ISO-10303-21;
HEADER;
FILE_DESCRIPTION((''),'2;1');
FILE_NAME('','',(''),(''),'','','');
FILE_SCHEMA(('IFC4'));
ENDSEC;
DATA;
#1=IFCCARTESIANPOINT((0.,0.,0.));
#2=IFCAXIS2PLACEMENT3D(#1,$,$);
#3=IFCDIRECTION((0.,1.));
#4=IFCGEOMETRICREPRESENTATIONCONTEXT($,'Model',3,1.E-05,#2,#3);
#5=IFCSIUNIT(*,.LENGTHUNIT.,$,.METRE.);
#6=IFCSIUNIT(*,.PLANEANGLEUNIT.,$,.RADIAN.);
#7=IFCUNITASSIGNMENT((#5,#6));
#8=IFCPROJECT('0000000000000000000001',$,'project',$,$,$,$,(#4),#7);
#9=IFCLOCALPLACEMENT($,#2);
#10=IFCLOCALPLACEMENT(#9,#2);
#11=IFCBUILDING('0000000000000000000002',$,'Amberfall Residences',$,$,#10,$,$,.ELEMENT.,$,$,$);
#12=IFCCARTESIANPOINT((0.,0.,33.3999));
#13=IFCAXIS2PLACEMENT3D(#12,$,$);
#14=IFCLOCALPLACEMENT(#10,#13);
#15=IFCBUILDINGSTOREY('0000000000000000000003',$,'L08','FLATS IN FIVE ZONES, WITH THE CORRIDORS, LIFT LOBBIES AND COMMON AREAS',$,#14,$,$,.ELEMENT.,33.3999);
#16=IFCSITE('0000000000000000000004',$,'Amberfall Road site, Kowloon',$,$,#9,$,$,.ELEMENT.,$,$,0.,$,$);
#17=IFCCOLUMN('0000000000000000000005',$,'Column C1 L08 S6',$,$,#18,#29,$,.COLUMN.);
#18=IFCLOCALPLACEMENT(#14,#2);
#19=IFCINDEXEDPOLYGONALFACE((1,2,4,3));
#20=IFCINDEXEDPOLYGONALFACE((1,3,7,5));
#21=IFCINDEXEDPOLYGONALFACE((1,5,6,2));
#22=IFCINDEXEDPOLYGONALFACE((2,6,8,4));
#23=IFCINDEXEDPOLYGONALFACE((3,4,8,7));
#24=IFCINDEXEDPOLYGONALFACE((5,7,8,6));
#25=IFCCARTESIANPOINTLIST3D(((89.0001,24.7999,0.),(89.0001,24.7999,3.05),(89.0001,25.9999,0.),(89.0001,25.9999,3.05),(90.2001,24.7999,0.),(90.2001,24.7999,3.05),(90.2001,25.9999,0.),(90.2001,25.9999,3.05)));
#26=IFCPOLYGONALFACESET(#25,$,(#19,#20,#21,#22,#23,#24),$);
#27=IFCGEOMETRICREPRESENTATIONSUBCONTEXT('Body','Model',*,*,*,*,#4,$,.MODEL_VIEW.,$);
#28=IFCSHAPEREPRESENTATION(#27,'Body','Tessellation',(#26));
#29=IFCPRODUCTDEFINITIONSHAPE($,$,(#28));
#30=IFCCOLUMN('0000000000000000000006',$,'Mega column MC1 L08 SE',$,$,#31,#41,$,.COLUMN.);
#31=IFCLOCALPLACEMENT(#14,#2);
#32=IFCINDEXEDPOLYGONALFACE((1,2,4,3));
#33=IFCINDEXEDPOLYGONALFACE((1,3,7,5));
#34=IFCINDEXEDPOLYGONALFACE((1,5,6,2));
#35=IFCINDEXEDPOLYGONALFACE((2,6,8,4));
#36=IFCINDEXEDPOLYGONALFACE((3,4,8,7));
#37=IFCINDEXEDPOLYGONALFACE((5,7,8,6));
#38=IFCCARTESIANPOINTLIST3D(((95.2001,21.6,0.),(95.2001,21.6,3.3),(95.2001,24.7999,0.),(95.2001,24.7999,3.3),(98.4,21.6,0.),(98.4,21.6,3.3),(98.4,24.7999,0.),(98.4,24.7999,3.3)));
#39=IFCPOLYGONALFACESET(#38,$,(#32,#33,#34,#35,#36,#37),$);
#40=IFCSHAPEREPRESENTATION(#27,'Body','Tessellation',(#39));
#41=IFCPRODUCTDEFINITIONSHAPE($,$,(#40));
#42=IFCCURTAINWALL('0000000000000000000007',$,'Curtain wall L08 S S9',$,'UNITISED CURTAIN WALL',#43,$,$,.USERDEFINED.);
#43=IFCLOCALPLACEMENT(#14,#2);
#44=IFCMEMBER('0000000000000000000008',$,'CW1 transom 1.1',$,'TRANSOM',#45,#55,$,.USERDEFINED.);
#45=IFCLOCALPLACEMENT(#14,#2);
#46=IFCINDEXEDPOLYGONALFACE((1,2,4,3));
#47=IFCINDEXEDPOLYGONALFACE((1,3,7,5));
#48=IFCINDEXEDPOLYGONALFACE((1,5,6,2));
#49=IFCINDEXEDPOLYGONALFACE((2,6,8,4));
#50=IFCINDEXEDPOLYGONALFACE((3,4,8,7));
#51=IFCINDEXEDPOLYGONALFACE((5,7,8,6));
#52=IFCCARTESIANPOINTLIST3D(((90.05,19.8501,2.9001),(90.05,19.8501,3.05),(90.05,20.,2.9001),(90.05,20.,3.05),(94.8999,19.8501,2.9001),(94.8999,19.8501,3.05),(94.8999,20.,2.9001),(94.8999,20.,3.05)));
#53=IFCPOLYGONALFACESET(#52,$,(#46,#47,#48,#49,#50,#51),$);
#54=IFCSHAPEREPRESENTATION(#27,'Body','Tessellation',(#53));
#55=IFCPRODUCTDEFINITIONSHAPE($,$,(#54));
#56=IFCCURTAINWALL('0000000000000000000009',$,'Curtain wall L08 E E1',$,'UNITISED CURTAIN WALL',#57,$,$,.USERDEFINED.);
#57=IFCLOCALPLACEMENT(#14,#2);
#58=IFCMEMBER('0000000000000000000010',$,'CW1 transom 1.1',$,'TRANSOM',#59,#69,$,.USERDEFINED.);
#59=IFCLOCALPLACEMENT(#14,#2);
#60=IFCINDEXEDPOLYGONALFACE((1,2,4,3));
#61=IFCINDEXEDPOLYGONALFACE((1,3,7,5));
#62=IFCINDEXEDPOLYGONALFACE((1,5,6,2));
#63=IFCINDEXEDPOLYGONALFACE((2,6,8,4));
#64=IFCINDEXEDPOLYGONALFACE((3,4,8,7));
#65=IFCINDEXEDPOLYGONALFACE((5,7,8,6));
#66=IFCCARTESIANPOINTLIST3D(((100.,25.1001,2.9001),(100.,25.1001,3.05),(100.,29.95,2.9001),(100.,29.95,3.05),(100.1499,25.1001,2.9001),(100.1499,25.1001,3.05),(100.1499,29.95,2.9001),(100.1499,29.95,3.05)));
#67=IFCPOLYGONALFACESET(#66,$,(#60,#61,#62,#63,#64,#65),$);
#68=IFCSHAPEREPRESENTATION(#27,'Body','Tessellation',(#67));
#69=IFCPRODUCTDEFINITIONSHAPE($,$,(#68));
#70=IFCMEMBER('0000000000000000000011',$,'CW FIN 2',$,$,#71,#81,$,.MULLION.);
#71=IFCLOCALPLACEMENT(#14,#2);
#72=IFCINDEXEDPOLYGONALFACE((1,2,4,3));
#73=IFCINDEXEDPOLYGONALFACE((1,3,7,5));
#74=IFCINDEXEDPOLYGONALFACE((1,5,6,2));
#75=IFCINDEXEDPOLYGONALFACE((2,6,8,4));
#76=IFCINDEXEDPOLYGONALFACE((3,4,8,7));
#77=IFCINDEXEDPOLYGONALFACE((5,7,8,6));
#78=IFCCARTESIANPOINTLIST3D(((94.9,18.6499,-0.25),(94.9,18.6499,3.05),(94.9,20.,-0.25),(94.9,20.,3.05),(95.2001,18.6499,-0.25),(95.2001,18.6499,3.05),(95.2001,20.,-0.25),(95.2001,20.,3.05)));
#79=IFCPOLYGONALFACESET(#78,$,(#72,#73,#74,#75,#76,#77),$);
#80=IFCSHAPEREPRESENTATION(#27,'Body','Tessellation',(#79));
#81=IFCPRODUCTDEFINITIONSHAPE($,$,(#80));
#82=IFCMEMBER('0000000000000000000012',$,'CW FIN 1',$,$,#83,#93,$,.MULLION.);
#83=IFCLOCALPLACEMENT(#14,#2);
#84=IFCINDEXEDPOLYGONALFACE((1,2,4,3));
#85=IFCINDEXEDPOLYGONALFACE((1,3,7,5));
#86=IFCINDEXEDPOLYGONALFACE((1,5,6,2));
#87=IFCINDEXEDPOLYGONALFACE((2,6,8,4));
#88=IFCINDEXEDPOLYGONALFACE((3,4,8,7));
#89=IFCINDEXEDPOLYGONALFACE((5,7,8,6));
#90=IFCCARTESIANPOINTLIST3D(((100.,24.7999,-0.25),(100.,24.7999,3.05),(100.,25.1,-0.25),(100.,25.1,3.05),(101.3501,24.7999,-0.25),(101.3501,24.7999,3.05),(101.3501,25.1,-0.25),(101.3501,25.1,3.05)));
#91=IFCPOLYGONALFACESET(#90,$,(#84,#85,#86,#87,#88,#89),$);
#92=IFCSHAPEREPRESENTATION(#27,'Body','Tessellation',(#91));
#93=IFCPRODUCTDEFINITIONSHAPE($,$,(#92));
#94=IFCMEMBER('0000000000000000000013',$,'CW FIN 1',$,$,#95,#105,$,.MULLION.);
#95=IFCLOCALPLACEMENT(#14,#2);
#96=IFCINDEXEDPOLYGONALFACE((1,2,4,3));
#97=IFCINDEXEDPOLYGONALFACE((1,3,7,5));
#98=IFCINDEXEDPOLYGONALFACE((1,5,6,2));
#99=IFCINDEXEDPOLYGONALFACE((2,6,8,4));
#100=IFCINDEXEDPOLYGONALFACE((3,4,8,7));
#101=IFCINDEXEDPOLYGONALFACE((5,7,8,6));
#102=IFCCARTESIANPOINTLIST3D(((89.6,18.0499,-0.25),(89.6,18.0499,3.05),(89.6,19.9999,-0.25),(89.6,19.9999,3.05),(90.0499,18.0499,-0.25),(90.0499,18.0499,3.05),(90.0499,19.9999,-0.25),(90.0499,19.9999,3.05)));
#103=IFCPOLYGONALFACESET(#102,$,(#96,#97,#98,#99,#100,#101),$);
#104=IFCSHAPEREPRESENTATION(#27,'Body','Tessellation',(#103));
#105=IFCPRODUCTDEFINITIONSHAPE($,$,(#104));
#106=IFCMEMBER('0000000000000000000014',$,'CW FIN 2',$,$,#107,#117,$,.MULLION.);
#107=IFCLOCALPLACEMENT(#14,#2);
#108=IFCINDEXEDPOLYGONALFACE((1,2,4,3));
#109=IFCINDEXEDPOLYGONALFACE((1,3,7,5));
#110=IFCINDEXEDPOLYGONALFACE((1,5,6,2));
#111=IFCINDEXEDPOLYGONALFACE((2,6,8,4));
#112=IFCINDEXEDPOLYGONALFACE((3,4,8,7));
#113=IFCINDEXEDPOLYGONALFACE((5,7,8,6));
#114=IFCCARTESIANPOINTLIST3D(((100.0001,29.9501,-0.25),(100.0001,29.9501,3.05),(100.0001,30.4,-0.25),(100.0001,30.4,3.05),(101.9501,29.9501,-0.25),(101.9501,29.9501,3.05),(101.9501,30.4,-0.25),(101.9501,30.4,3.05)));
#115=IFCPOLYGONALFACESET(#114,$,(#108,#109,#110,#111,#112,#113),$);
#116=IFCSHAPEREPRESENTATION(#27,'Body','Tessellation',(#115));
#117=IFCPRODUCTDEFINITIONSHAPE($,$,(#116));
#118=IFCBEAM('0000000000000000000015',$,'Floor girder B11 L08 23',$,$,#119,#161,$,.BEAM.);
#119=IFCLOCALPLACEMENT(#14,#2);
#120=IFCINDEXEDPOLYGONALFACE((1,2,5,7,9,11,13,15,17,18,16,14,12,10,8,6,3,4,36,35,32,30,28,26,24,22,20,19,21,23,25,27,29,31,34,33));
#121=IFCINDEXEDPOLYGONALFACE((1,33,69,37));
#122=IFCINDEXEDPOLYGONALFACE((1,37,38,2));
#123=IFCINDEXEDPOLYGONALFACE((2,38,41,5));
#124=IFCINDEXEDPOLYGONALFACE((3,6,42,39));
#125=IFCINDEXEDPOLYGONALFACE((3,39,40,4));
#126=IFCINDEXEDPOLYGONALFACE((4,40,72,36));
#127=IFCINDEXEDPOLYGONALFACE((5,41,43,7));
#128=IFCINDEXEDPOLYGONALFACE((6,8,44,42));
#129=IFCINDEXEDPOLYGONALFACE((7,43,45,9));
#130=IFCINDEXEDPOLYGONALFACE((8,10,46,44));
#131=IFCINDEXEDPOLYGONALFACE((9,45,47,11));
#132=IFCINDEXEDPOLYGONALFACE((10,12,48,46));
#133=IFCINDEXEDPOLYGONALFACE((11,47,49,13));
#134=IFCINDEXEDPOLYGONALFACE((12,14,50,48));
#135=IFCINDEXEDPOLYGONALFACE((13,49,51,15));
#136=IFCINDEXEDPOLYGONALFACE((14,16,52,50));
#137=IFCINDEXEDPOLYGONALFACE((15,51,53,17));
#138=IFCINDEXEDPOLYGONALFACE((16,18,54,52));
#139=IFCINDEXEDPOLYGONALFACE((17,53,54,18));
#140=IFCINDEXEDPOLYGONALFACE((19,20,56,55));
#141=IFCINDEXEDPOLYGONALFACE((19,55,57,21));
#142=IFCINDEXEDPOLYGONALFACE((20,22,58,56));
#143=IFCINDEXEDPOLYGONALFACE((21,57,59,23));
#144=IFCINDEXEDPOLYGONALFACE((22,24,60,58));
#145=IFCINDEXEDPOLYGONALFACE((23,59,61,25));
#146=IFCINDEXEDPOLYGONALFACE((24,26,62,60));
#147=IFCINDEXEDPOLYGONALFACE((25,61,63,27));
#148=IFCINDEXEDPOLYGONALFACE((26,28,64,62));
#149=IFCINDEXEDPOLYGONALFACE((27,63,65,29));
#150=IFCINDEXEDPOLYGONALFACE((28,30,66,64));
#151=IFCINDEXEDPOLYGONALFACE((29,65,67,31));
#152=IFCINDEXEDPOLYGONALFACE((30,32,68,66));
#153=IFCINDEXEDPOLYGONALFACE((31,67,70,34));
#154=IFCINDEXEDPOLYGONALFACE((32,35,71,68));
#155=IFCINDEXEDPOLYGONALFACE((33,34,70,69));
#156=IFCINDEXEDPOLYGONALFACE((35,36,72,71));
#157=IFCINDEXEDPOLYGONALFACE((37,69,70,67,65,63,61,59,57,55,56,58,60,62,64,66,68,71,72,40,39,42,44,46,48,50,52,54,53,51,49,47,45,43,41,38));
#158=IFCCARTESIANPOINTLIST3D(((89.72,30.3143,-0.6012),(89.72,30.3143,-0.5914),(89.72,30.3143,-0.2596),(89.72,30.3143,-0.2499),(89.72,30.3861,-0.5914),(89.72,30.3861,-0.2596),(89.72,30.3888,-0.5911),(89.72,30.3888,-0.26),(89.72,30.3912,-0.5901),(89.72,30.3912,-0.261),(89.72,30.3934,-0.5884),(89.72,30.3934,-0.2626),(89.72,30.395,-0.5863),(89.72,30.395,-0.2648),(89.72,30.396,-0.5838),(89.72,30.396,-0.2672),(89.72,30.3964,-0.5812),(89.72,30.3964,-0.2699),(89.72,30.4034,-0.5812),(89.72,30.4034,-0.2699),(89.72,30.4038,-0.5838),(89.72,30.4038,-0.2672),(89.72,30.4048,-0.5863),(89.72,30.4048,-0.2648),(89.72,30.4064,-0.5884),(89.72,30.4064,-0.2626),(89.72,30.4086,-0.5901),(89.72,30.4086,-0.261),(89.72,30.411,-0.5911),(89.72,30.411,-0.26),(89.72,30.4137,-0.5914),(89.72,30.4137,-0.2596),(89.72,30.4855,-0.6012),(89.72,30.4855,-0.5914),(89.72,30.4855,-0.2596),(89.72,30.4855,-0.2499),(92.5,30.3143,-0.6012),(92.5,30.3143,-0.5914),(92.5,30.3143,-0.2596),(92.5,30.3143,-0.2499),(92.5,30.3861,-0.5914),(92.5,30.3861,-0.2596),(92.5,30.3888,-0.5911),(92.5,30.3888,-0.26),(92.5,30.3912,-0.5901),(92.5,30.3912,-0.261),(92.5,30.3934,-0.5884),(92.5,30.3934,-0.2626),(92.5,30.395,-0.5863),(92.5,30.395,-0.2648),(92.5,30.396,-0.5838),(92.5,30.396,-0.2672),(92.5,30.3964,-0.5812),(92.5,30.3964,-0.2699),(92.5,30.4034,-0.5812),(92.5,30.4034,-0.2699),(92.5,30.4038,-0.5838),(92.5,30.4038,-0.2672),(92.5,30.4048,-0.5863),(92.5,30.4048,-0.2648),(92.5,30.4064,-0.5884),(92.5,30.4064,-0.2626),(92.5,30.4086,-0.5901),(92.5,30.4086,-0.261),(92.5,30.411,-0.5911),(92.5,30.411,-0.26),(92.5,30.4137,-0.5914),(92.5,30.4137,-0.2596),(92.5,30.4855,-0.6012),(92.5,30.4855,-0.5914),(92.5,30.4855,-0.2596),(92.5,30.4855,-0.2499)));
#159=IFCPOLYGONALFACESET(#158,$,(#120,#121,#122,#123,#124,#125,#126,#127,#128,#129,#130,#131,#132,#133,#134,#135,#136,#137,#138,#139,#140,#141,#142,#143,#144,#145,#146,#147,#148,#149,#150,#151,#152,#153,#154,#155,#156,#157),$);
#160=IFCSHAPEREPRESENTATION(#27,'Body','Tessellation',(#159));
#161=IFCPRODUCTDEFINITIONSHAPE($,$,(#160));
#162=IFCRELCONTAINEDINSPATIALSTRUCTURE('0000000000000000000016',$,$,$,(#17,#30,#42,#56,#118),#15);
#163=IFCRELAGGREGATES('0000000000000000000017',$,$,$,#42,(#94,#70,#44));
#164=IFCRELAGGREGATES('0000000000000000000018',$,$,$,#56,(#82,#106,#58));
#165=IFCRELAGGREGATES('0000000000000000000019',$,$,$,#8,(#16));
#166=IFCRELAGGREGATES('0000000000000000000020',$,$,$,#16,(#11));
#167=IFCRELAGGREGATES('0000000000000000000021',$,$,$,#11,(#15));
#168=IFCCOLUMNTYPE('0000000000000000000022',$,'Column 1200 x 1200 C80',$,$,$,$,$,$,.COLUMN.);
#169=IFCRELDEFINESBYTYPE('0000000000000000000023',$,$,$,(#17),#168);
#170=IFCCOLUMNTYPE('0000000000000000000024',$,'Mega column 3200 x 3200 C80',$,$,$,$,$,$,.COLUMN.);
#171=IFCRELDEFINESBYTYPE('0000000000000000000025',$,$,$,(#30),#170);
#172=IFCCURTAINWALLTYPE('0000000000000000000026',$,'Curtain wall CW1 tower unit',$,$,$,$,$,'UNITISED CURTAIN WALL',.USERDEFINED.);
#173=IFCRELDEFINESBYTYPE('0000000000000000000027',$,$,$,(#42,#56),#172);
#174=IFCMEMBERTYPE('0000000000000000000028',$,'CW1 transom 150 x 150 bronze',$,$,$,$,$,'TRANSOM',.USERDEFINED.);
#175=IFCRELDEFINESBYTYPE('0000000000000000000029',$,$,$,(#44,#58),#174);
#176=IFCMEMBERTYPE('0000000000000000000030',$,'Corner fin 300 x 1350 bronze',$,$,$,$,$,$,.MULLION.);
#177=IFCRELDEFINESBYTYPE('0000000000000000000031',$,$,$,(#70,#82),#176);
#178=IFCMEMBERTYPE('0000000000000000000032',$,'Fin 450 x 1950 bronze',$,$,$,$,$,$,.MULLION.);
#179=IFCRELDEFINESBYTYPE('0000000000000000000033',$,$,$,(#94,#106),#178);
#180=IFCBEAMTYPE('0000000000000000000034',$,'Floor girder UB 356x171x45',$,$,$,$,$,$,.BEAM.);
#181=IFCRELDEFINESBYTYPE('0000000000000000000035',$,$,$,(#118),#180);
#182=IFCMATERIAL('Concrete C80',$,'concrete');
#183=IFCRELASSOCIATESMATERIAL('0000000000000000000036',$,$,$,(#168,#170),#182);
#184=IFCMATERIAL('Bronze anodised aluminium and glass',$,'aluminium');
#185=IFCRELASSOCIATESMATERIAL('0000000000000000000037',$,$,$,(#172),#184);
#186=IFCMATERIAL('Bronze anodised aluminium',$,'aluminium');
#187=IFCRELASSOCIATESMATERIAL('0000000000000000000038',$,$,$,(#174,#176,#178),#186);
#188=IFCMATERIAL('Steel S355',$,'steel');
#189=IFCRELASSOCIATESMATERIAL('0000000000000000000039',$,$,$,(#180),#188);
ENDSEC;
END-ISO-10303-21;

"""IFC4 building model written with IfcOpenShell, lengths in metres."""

from ifc_helpers import new_model, si_unit, direction, frame, origin, origin_2d, place, context, subcontext, project, spatial, rectangle, i_section, extrude, material, material_profile, profile_set, type_object, element, aggregate, save


model = new_model("IFC4")

# Units and contexts
model_context = context("Model", 3, precision=1e-05, world=origin(), true_north=direction((0.0, 1.0)))
body_context = subcontext(model_context, "Body", "Model", "MODEL_VIEW")
ifc_project = project(units=[si_unit("LENGTHUNIT", "METRE"), si_unit("PLANEANGLEUNIT", "RADIAN")], contexts=[model_context])

# Site, building, storey
site_placement = place(None, origin())
site = spatial("IfcSite", under=ifc_project, at=site_placement, Name="Amberfall Road site, Kowloon", CompositionType="ELEMENT", RefElevation=0.0)
building_placement = place(site_placement, origin())
building = spatial("IfcBuilding", under=site, at=building_placement, Name="Amberfall Residences", CompositionType="ELEMENT")
storey_placement = place(building_placement, frame((0.0, 0.0, 33.3999)))
storey = spatial("IfcBuildingStorey", under=building, at=storey_placement, Name="L08", Description="FLATS IN FIVE ZONES, WITH THE CORRIDORS, LIFT LOBBIES AND COMMON AREAS", CompositionType="ELEMENT", Elevation=33.3999)

# Columns
ifc_material_1 = material(Name="Concrete C80", Category="concrete")
ifc_material_profile_1 = material_profile(ifc_material_1, rectangle(XDim=1.2, YDim=1.2, at=origin_2d()), Name="Column 1200 x 1200 C80")
ifc_profile_set_1 = profile_set([ifc_material_profile_1], Name="Concrete C80")
column_type_1 = type_object("IfcColumnType", Name="Column 1200 x 1200 C80", PredefinedType="COLUMN", material=ifc_profile_set_1)
column_1_placement = place(storey_placement, frame((89.6001, 25.3999, 0.0), z_axis=(0.0, 0.0, 1.0), x_axis=(1.0, 0.0, 0.0)))
element("IfcColumn", 1, at=column_1_placement, inside=storey, type_object=column_type_1, Name="Column C1 L08 S6", PredefinedType="COLUMN", context=body_context, shape_type="SweptSolid", body=[
    extrude(rectangle(XDim=1.2, YDim=1.2, at=origin_2d()), origin(), (0.0, 0.0, 1.0), 3.05),
])
ifc_material_profile_2 = material_profile(ifc_material_1, rectangle(XDim=3.2, YDim=3.2, at=origin_2d()), Name="Mega column 3200 x 3200 C80")
ifc_profile_set_2 = profile_set([ifc_material_profile_2], Name="Concrete C80")
column_type_2 = type_object("IfcColumnType", Name="Mega column 3200 x 3200 C80", PredefinedType="COLUMN", material=ifc_profile_set_2)
column_2_placement = place(storey_placement, frame((96.8, 23.2, 0.0), z_axis=(0.0, 0.0, 1.0), x_axis=(1.0, 0.0, 0.0)))
element("IfcColumn", 2, at=column_2_placement, inside=storey, type_object=column_type_2, Name="Mega column MC1 L08 SE", PredefinedType="COLUMN", context=body_context, shape_type="SweptSolid", body=[
    extrude(rectangle(XDim=3.2, YDim=3.2, at=origin_2d()), origin(), (0.0, 0.0, 1.0), 3.3),
])

# Curtain walls, members
ifc_material_2 = material(Name="Bronze anodised aluminium and glass", Category="aluminium")
curtain_wall_type = type_object("IfcCurtainWallType", Name="Curtain wall CW1 tower unit", ElementType="UNITISED CURTAIN WALL", PredefinedType="USERDEFINED", material=ifc_material_2)
curtain_wall_1_placement = place(storey_placement, origin())
curtain_wall_1 = element("IfcCurtainWall", 3, at=curtain_wall_1_placement, inside=storey, type_object=curtain_wall_type, Name="Curtain wall L08 S S9", ObjectType="UNITISED CURTAIN WALL", PredefinedType="USERDEFINED")
ifc_material_3 = material(Name="Bronze anodised aluminium", Category="aluminium")
ifc_material_profile_3 = material_profile(ifc_material_3, rectangle(XDim=0.1499, YDim=0.1499, at=origin_2d()), Name="CW1 transom 150 x 150 bronze")
ifc_profile_set_3 = profile_set([ifc_material_profile_3], Name="Bronze anodised aluminium")
member_type_1 = type_object("IfcMemberType", Name="CW1 transom 150 x 150 bronze", ElementType="TRANSOM", PredefinedType="USERDEFINED", material=ifc_profile_set_3)
member_1_placement = place(storey_placement, frame((90.05, 19.925, 2.9751), z_axis=(1.0, 0.0, 0.0), x_axis=(0.0, 1.0, 0.0)))
member_1 = element("IfcMember", 4, at=member_1_placement, type_object=member_type_1, Name="CW1 transom 1.1", ObjectType="TRANSOM", PredefinedType="USERDEFINED", context=body_context, shape_type="SweptSolid", body=[
    extrude(rectangle(XDim=0.1499, YDim=0.1499, at=origin_2d()), origin(), (0.0, 0.0, 1.0), 4.8499),
])
curtain_wall_2_placement = place(storey_placement, origin())
curtain_wall_2 = element("IfcCurtainWall", 5, at=curtain_wall_2_placement, inside=storey, type_object=curtain_wall_type, Name="Curtain wall L08 E E1", ObjectType="UNITISED CURTAIN WALL", PredefinedType="USERDEFINED")
member_2_placement = place(storey_placement, frame((100.075, 25.1001, 2.9751), z_axis=(0.0, 1.0, 0.0), x_axis=(-1.0, 0.0, 0.0)))
member_2 = element("IfcMember", 6, at=member_2_placement, type_object=member_type_1, Name="CW1 transom 1.1", ObjectType="TRANSOM", PredefinedType="USERDEFINED", context=body_context, shape_type="SweptSolid", body=[
    extrude(rectangle(XDim=0.1499, YDim=0.1499, at=origin_2d()), origin(), (0.0, 0.0, 1.0), 4.8499),
])

# Members
ifc_material_profile_4 = material_profile(ifc_material_3, rectangle(XDim=1.3501, YDim=0.3, at=origin_2d()), Name="Corner fin 300 x 1350 bronze")
ifc_profile_set_4 = profile_set([ifc_material_profile_4], Name="Bronze anodised aluminium")
member_type_2 = type_object("IfcMemberType", Name="Corner fin 300 x 1350 bronze", PredefinedType="MULLION", material=ifc_profile_set_4)
member_3_placement = place(storey_placement, frame((95.05, 19.325, -0.25), z_axis=(0.0, 0.0, 1.0), x_axis=(0.0, 1.0, 0.0)))
member_3 = element("IfcMember", 7, at=member_3_placement, type_object=member_type_2, Name="CW FIN 2", PredefinedType="MULLION", context=body_context, shape_type="SweptSolid", body=[
    extrude(rectangle(XDim=1.3501, YDim=0.3, at=origin_2d()), origin(), (0.0, 0.0, 1.0), 3.3),
])
member_4_placement = place(storey_placement, frame((100.675, 24.95, -0.25), z_axis=(0.0, 0.0, 1.0), x_axis=(-1.0, 0.0, 0.0)))
member_4 = element("IfcMember", 8, at=member_4_placement, type_object=member_type_2, Name="CW FIN 1", PredefinedType="MULLION", context=body_context, shape_type="SweptSolid", body=[
    extrude(rectangle(XDim=1.3501, YDim=0.3, at=origin_2d()), origin(), (0.0, 0.0, 1.0), 3.3),
])
ifc_material_profile_5 = material_profile(ifc_material_3, rectangle(XDim=1.95, YDim=0.45, at=origin_2d()), Name="Fin 450 x 1950 bronze")
ifc_profile_set_5 = profile_set([ifc_material_profile_5], Name="Bronze anodised aluminium")
member_type_3 = type_object("IfcMemberType", Name="Fin 450 x 1950 bronze", PredefinedType="MULLION", material=ifc_profile_set_5)
member_5_placement = place(storey_placement, frame((89.825, 19.0249, -0.25), z_axis=(0.0, 0.0, 1.0), x_axis=(0.0, 1.0, 0.0)))
member_5 = element("IfcMember", 9, at=member_5_placement, type_object=member_type_3, Name="CW FIN 1", PredefinedType="MULLION", context=body_context, shape_type="SweptSolid", body=[
    extrude(rectangle(XDim=1.95, YDim=0.45, at=origin_2d()), origin(), (0.0, 0.0, 1.0), 3.3),
])
member_6_placement = place(storey_placement, frame((100.9751, 30.175, -0.25), z_axis=(0.0, 0.0, 1.0), x_axis=(-1.0, 0.0, 0.0)))
member_6 = element("IfcMember", 10, at=member_6_placement, type_object=member_type_3, Name="CW FIN 2", PredefinedType="MULLION", context=body_context, shape_type="SweptSolid", body=[
    extrude(rectangle(XDim=1.95, YDim=0.45, at=origin_2d()), origin(), (0.0, 0.0, 1.0), 3.3),
])

# Beam
ifc_material_4 = material(Name="Steel S355", Category="steel")
ifc_material_profile_6 = material_profile(ifc_material_4, i_section(OverallWidth=0.1711, OverallDepth=0.3513, WebThickness=0.0071, FlangeThickness=0.0098, FilletRadius=0.0103, at=origin_2d()), Name="UB 356x171x45")
ifc_profile_set_6 = profile_set([ifc_material_profile_6], Name="Steel S355")
beam_type_1 = type_object("IfcBeamType", Name="Floor girder UB 356x171x45", PredefinedType="BEAM", material=ifc_profile_set_6)
beam_1_placement = place(storey_placement, frame((92.5, 30.3999, -0.4255), z_axis=(-1.0, 0.0, 0.0), x_axis=(0.0, -1.0, 0.0)))
element("IfcBeam", 11, at=beam_1_placement, inside=storey, type_object=beam_type_1, Name="Floor girder B11 L08 23", PredefinedType="BEAM", context=body_context, shape_type="SweptSolid", body=[
    extrude(i_section(OverallWidth=0.1711, OverallDepth=0.3513, WebThickness=0.0071, FlangeThickness=0.0098, FilletRadius=0.0103, at=origin_2d()), origin(), (0.0, 0.0, 1.0), 2.78),
])

aggregate(curtain_wall_1, [member_5, member_3, member_1])
aggregate(curtain_wall_2, [member_4, member_6, member_2])

save(model, "model.ifc")
